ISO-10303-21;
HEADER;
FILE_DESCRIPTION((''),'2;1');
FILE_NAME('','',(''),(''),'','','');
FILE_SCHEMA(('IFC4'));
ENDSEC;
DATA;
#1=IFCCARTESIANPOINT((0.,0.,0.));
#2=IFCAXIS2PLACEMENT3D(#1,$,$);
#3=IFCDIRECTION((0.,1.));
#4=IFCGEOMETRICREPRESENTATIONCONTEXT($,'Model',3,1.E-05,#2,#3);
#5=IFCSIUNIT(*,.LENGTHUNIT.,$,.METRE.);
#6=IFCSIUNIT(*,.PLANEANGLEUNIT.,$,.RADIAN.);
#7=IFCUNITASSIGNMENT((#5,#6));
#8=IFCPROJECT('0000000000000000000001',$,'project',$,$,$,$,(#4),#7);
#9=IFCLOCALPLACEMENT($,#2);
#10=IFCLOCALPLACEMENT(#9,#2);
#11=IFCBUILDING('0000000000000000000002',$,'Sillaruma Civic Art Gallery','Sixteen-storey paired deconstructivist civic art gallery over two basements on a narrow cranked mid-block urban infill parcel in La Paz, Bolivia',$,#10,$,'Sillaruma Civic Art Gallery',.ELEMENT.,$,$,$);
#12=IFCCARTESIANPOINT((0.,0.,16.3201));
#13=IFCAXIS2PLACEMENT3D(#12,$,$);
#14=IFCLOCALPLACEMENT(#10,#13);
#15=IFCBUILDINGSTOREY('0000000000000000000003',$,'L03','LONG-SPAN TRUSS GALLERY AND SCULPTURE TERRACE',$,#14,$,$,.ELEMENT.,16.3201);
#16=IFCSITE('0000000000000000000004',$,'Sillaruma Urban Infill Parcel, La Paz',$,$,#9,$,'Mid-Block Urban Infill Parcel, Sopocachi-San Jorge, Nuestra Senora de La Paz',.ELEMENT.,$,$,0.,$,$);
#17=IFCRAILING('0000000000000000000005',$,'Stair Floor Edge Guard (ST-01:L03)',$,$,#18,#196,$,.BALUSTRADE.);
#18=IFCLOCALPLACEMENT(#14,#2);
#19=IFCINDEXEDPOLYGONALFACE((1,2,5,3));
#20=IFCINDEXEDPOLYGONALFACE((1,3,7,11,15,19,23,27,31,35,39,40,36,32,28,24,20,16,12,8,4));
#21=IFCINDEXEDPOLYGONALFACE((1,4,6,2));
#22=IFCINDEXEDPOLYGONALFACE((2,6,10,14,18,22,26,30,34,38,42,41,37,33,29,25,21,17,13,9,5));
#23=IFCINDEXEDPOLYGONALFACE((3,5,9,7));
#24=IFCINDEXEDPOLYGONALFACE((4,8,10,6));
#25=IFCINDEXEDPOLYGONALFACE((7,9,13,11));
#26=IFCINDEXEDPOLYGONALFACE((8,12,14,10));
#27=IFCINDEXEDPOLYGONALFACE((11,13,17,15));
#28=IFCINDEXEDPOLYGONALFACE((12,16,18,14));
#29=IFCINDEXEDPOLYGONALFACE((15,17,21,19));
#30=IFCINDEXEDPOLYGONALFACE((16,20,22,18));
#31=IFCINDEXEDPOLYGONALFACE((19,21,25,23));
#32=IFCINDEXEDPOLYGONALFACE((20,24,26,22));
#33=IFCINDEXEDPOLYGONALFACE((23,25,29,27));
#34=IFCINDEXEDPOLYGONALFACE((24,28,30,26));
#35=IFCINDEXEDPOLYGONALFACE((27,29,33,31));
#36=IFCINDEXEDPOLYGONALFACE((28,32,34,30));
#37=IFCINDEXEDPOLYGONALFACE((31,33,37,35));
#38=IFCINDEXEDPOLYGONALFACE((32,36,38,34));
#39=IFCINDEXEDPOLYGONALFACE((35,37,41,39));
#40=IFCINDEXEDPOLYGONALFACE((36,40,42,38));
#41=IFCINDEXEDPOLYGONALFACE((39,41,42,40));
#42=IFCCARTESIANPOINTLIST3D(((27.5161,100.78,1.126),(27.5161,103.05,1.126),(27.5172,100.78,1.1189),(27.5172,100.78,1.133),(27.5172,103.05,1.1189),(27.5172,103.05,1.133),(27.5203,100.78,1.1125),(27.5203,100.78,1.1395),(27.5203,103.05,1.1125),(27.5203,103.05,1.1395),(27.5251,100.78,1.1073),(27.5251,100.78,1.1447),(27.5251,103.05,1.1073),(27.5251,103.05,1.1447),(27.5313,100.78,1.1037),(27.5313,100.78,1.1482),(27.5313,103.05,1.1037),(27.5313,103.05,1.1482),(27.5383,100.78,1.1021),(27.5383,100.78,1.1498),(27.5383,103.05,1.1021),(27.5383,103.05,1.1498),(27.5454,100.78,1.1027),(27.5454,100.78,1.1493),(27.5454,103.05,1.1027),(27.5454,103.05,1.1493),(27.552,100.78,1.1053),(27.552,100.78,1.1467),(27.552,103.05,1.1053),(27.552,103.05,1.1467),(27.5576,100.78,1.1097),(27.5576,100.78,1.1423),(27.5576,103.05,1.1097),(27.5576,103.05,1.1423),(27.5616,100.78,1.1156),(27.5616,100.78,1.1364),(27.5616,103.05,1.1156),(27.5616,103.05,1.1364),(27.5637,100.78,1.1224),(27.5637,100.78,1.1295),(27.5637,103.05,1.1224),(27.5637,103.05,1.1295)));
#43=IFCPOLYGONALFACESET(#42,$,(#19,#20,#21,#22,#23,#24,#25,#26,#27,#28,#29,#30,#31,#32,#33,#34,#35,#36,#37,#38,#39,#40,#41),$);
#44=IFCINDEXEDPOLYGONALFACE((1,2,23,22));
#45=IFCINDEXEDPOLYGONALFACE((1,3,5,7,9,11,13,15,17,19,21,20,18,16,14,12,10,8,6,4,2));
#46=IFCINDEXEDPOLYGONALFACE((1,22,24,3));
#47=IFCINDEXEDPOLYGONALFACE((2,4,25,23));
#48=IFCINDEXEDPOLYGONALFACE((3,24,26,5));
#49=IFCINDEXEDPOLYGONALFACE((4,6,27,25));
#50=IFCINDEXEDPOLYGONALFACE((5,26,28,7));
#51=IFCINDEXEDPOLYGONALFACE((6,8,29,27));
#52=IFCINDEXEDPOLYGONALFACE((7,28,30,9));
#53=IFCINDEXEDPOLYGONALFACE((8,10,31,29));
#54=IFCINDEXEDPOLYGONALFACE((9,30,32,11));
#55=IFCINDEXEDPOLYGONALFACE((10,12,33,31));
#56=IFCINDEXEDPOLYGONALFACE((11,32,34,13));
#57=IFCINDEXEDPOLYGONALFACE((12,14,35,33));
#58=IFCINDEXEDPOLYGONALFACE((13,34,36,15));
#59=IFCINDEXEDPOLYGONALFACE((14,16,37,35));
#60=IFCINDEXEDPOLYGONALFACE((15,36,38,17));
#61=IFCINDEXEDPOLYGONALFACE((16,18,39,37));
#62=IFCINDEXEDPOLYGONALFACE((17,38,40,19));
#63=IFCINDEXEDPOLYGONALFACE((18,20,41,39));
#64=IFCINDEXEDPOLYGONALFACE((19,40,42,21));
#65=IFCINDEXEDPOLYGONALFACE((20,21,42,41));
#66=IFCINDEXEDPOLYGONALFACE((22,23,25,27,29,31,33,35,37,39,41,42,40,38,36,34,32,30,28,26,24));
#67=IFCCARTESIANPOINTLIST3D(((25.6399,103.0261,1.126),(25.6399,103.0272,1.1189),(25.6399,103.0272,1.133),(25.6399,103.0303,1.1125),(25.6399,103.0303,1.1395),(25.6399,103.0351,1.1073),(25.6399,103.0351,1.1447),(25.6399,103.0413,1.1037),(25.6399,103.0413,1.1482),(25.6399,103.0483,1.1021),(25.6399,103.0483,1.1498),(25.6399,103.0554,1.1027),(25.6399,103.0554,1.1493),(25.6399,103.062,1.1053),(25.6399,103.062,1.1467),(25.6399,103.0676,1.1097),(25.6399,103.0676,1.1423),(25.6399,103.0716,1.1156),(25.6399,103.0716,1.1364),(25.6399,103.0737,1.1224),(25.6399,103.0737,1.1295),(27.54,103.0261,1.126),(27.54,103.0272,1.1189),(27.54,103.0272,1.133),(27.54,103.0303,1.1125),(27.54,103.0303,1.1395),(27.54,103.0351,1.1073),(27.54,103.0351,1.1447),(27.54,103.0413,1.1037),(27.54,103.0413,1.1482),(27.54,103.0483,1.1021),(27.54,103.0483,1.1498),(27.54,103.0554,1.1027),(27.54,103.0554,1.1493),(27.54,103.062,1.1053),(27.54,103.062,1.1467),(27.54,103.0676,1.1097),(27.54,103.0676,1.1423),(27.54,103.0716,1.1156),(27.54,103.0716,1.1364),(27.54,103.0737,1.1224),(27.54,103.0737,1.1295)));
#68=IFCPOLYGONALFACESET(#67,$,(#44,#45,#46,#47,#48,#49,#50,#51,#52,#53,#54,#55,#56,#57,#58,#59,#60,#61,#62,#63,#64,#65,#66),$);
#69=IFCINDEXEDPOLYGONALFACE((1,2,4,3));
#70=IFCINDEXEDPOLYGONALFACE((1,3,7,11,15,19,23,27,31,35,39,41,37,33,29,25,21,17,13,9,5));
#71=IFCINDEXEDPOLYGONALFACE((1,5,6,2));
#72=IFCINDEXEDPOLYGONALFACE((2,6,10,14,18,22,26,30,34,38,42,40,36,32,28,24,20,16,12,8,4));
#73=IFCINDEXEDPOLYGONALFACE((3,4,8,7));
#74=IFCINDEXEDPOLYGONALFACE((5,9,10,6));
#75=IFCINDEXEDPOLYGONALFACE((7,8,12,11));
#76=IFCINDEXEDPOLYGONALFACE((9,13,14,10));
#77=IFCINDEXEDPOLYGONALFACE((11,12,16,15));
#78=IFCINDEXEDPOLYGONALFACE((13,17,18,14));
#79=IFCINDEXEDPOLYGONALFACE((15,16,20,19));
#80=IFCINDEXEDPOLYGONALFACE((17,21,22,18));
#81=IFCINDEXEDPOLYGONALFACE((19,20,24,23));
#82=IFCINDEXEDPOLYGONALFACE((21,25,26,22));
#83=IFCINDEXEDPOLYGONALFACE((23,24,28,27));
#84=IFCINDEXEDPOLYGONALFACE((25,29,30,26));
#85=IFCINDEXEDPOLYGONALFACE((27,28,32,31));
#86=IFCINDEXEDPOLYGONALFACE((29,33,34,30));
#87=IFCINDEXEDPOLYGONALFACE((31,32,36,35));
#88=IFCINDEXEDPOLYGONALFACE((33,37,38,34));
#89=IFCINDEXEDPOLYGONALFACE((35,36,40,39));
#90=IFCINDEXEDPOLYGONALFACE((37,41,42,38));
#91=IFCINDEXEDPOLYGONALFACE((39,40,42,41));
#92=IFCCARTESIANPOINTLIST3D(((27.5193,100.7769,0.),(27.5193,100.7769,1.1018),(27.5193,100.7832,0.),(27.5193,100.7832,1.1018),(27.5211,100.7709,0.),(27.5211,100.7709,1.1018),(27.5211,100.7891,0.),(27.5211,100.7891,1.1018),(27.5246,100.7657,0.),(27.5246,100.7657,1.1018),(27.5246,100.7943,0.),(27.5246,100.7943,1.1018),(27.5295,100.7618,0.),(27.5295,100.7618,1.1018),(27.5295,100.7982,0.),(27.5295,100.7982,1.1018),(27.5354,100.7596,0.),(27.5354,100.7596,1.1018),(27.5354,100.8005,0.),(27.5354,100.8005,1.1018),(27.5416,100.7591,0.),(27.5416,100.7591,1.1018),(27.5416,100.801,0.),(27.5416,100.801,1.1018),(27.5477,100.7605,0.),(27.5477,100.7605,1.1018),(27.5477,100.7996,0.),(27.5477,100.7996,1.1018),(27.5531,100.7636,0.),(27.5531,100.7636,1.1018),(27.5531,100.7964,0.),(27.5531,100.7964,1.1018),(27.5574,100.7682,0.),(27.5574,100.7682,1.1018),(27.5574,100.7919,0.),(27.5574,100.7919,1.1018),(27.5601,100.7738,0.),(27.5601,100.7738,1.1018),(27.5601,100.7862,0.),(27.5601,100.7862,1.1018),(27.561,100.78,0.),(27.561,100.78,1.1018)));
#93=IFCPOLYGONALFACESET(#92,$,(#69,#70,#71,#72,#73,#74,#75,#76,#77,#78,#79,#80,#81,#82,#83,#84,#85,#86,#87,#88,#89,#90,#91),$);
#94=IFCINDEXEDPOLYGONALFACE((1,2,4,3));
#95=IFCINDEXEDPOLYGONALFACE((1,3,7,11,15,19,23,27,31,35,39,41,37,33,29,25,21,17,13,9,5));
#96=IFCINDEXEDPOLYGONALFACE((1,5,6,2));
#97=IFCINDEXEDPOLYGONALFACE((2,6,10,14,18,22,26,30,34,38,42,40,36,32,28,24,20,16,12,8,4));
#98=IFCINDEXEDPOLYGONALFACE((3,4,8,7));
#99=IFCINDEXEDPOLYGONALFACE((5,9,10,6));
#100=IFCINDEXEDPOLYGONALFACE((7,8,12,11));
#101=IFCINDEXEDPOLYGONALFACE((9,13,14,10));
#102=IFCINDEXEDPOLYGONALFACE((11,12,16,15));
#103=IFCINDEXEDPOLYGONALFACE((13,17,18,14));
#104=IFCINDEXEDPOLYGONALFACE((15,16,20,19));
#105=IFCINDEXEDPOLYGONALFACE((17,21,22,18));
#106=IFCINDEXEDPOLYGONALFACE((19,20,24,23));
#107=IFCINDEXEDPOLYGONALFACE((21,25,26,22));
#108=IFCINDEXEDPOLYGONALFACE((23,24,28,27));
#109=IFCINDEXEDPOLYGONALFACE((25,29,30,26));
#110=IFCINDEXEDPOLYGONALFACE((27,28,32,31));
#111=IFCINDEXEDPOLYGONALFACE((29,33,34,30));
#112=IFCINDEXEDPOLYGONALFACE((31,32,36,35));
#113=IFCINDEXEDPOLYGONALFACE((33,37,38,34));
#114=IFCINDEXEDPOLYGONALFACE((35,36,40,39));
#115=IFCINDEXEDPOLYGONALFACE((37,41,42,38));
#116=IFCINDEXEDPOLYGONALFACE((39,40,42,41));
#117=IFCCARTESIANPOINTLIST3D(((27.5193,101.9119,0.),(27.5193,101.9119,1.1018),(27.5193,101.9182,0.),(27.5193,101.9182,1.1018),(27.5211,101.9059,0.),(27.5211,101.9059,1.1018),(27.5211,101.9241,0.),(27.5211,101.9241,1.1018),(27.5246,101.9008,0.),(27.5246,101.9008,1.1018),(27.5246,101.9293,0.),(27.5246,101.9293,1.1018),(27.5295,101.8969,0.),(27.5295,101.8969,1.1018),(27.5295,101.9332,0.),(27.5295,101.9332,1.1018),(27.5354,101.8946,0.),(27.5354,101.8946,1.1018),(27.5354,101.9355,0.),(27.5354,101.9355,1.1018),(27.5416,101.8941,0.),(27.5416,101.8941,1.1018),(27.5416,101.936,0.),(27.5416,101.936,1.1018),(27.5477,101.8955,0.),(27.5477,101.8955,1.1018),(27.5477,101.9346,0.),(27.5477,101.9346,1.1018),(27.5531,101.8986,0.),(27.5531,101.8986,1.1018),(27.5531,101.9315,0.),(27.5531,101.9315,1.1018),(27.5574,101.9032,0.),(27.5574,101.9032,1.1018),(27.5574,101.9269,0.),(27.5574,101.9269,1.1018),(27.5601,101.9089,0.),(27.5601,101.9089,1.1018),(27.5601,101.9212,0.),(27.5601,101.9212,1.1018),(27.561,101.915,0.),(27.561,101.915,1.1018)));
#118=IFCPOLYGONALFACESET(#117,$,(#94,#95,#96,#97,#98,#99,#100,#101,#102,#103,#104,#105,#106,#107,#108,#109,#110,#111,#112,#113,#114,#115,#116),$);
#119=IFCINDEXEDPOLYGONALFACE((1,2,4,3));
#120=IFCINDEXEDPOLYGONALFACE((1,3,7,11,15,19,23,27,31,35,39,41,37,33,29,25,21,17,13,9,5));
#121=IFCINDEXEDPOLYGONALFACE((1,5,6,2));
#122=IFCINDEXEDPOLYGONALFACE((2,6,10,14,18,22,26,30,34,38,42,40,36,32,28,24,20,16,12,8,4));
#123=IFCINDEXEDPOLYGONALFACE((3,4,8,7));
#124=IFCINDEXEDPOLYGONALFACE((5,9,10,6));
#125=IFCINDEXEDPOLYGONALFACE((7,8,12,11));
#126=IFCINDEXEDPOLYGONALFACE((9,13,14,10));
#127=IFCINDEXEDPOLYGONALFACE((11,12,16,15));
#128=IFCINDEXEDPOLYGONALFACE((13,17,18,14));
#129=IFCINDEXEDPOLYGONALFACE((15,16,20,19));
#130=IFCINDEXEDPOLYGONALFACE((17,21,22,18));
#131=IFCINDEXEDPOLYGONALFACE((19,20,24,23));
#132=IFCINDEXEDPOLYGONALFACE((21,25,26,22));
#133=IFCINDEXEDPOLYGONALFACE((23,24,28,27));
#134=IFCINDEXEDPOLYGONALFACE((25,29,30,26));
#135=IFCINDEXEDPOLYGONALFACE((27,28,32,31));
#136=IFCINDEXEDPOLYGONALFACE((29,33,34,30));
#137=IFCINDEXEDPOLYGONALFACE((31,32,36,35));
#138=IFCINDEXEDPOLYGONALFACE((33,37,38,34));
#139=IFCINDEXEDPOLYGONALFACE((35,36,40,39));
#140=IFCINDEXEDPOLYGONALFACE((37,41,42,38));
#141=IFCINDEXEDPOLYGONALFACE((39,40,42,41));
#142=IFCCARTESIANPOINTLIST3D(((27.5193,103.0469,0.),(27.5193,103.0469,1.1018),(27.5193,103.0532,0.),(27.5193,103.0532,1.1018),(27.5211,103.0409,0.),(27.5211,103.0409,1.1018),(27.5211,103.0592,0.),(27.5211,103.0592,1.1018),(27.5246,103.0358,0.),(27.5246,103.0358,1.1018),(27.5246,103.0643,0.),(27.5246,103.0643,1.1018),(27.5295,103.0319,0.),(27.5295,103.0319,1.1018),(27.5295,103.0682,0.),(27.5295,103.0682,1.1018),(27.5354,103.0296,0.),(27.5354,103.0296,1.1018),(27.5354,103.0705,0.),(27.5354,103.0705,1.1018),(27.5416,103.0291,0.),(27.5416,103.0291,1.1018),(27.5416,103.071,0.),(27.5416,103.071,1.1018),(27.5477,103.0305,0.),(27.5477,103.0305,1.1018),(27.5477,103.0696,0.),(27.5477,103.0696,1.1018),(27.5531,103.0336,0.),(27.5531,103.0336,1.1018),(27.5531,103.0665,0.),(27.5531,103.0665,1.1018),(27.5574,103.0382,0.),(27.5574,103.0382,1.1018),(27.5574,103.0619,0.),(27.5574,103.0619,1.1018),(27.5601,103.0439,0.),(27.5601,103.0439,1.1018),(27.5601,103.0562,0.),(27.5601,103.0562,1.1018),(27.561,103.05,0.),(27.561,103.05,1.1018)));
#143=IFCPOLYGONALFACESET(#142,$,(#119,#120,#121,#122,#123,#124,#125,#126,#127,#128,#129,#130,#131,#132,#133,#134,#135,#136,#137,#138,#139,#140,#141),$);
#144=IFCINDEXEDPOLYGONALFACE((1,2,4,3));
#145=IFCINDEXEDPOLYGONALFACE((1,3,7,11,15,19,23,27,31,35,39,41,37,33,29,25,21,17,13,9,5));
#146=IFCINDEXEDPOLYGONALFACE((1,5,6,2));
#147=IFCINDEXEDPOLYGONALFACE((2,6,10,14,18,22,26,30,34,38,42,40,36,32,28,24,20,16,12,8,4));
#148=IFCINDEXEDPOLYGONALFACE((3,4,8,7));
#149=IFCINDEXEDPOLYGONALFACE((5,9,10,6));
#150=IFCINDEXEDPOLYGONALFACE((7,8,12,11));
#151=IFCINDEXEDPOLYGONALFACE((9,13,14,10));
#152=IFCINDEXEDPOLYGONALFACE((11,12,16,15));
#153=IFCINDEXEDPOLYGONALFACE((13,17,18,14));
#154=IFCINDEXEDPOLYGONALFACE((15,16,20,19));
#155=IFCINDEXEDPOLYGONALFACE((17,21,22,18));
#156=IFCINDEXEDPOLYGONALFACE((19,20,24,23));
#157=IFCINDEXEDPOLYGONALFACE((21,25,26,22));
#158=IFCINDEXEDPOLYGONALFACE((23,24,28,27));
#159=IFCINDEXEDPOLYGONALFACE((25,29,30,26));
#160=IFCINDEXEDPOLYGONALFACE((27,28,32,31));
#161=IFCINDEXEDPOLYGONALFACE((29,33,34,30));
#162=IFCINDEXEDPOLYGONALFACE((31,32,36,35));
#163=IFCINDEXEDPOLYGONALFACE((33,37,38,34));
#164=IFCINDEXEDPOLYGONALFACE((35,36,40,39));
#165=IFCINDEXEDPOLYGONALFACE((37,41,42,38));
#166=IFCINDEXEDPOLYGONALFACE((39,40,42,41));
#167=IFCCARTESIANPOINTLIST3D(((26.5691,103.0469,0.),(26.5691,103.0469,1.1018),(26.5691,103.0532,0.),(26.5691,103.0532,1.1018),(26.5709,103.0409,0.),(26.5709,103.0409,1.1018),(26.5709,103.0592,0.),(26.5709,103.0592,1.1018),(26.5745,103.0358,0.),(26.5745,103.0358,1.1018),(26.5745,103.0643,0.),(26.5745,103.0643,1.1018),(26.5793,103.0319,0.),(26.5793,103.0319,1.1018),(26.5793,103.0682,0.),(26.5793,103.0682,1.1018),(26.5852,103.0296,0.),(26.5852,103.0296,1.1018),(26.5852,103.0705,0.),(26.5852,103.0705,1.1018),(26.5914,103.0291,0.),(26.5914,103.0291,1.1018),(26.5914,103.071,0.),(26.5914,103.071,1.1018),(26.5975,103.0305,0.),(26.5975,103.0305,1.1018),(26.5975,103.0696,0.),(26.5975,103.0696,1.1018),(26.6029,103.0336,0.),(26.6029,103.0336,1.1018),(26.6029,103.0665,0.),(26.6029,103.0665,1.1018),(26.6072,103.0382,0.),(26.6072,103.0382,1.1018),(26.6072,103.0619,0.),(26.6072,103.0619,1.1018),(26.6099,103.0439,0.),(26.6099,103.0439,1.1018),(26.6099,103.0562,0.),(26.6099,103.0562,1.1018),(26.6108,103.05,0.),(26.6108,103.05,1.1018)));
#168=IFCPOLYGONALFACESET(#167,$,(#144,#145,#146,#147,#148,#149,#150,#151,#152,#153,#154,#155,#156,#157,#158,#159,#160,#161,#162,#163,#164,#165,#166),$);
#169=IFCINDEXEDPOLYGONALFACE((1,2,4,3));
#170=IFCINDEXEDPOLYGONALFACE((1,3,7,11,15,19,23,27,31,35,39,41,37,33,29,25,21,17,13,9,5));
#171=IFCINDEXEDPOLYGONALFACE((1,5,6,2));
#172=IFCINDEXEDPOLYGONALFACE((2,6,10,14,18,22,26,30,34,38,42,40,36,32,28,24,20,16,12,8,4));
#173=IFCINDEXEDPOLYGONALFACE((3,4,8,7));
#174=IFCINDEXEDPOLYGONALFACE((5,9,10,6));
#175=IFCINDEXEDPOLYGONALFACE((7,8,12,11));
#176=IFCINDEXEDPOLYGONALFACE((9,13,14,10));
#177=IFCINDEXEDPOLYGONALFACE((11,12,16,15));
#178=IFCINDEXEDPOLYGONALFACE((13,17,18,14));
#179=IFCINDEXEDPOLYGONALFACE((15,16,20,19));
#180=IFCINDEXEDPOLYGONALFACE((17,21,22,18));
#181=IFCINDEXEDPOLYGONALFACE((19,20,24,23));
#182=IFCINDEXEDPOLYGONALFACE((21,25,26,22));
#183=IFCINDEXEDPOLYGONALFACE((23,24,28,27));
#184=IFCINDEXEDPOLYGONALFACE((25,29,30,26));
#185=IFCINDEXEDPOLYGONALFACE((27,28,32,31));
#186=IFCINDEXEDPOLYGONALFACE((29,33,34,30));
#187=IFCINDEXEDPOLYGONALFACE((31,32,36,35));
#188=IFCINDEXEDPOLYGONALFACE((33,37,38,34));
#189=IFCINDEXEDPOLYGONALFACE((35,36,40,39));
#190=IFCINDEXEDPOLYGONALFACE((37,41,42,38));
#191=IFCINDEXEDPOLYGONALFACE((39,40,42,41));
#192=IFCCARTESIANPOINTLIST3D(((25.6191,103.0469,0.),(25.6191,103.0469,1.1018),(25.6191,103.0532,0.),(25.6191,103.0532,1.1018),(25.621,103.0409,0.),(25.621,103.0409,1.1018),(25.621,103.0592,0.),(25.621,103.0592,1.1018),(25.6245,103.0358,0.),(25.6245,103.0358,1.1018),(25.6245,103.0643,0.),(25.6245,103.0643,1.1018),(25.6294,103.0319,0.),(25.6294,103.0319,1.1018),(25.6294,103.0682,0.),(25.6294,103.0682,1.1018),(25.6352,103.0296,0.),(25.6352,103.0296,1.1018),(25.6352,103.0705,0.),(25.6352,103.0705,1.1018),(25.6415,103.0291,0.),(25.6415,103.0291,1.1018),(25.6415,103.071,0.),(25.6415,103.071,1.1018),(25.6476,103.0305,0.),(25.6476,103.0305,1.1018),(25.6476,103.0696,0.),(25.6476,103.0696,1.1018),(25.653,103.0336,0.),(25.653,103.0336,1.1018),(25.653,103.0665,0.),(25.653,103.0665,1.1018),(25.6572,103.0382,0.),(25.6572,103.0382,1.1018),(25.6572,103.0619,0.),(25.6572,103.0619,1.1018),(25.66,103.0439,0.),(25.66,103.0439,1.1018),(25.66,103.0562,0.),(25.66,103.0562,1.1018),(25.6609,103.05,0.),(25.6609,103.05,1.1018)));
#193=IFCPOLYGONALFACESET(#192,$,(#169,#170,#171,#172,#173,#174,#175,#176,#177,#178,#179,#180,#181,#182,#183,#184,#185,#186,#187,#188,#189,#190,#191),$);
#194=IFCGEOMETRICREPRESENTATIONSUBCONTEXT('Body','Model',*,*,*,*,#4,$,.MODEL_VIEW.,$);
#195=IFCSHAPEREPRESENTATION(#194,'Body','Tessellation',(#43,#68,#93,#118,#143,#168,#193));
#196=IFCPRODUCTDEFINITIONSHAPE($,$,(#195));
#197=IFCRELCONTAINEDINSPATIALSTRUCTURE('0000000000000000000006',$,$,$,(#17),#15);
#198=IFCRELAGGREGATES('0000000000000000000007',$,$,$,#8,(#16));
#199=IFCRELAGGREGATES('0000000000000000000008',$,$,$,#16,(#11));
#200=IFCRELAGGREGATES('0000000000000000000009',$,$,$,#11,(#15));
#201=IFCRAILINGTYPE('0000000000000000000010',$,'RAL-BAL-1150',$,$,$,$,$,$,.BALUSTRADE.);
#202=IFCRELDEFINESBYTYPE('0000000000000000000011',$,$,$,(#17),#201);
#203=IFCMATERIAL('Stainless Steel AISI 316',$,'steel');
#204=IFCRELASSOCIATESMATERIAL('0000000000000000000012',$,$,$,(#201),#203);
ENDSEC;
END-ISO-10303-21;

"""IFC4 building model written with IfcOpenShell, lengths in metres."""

from ifc_helpers import new_model, si_unit, direction, frame, origin, origin_2d, place, context, subcontext, project, spatial, circle, extrude, material, type_object, element, save


model = new_model("IFC4")

# Units and contexts
model_context = context("Model", 3, precision=1e-05, world=origin(), true_north=direction((0.0, 1.0)))
body_context = subcontext(model_context, "Body", "Model", "MODEL_VIEW")
ifc_project = project(units=[si_unit("LENGTHUNIT", "METRE"), si_unit("PLANEANGLEUNIT", "RADIAN")], contexts=[model_context])

# Site, building, storey
site_placement = place(None, origin())
site = spatial("IfcSite", under=ifc_project, at=site_placement, Name="Sillaruma Urban Infill Parcel, La Paz", LongName="Mid-Block Urban Infill Parcel, Sopocachi-San Jorge, Nuestra Senora de La Paz", CompositionType="ELEMENT", RefElevation=0.0)
building_placement = place(site_placement, origin())
building = spatial("IfcBuilding", under=site, at=building_placement, Name="Sillaruma Civic Art Gallery", Description="Sixteen-storey paired deconstructivist civic art gallery over two basements on a narrow cranked mid-block urban infill parcel in La Paz, Bolivia", LongName="Sillaruma Civic Art Gallery", CompositionType="ELEMENT")
storey_placement = place(building_placement, frame((0.0, 0.0, 16.3201)))
storey = spatial("IfcBuildingStorey", under=building, at=storey_placement, Name="L03", Description="LONG-SPAN TRUSS GALLERY AND SCULPTURE TERRACE", CompositionType="ELEMENT", Elevation=16.3201)

# Railing
ifc_material_1 = material(Name="Stainless Steel AISI 316", Category="steel")
railing_type = type_object("IfcRailingType", Name="RAL-BAL-1150", PredefinedType="BALUSTRADE", material=ifc_material_1)
railing_placement = place(storey_placement, frame((27.54, 100.78, 0.0)))
element("IfcRailing", 1, at=railing_placement, inside=storey, type_object=railing_type, Name="Stair Floor Edge Guard (ST-01:L03)", PredefinedType="BALUSTRADE", context=body_context, shape_type="SweptSolid", body=[
    extrude(circle(Radius=0.0239, at=origin_2d()), frame((0.0, 0.0, 1.126), z_axis=(0.0, 1.0, 0.0), x_axis=(-1.0, 0.0, 0.0)), (0.0, 0.0, 1.0), 2.27),
    extrude(circle(Radius=0.0239, at=origin_2d()), frame((0.0, 2.27, 1.126), z_axis=(-1.0, 0.0, 0.0), x_axis=(0.0, -1.0, 0.0)), (0.0, 0.0, 1.0), 1.9001),
    extrude(circle(Radius=0.021, at=origin_2d()), origin(), (0.0, 0.0, 1.0), 1.1018),
    extrude(circle(Radius=0.021, at=origin_2d()), frame((0.0, 1.135, 0.0)), (0.0, 0.0, 1.0), 1.1018),
    extrude(circle(Radius=0.021, at=origin_2d()), frame((0.0, 2.27, 0.0)), (0.0, 0.0, 1.0), 1.1018),
    extrude(circle(Radius=0.021, at=origin_2d()), frame((-0.9502, 2.27, 0.0)), (0.0, 0.0, 1.0), 1.1018),
    extrude(circle(Radius=0.021, at=origin_2d()), frame((-1.9001, 2.27, 0.0)), (0.0, 0.0, 1.0), 1.1018),
])

save(model, "model.ifc")
